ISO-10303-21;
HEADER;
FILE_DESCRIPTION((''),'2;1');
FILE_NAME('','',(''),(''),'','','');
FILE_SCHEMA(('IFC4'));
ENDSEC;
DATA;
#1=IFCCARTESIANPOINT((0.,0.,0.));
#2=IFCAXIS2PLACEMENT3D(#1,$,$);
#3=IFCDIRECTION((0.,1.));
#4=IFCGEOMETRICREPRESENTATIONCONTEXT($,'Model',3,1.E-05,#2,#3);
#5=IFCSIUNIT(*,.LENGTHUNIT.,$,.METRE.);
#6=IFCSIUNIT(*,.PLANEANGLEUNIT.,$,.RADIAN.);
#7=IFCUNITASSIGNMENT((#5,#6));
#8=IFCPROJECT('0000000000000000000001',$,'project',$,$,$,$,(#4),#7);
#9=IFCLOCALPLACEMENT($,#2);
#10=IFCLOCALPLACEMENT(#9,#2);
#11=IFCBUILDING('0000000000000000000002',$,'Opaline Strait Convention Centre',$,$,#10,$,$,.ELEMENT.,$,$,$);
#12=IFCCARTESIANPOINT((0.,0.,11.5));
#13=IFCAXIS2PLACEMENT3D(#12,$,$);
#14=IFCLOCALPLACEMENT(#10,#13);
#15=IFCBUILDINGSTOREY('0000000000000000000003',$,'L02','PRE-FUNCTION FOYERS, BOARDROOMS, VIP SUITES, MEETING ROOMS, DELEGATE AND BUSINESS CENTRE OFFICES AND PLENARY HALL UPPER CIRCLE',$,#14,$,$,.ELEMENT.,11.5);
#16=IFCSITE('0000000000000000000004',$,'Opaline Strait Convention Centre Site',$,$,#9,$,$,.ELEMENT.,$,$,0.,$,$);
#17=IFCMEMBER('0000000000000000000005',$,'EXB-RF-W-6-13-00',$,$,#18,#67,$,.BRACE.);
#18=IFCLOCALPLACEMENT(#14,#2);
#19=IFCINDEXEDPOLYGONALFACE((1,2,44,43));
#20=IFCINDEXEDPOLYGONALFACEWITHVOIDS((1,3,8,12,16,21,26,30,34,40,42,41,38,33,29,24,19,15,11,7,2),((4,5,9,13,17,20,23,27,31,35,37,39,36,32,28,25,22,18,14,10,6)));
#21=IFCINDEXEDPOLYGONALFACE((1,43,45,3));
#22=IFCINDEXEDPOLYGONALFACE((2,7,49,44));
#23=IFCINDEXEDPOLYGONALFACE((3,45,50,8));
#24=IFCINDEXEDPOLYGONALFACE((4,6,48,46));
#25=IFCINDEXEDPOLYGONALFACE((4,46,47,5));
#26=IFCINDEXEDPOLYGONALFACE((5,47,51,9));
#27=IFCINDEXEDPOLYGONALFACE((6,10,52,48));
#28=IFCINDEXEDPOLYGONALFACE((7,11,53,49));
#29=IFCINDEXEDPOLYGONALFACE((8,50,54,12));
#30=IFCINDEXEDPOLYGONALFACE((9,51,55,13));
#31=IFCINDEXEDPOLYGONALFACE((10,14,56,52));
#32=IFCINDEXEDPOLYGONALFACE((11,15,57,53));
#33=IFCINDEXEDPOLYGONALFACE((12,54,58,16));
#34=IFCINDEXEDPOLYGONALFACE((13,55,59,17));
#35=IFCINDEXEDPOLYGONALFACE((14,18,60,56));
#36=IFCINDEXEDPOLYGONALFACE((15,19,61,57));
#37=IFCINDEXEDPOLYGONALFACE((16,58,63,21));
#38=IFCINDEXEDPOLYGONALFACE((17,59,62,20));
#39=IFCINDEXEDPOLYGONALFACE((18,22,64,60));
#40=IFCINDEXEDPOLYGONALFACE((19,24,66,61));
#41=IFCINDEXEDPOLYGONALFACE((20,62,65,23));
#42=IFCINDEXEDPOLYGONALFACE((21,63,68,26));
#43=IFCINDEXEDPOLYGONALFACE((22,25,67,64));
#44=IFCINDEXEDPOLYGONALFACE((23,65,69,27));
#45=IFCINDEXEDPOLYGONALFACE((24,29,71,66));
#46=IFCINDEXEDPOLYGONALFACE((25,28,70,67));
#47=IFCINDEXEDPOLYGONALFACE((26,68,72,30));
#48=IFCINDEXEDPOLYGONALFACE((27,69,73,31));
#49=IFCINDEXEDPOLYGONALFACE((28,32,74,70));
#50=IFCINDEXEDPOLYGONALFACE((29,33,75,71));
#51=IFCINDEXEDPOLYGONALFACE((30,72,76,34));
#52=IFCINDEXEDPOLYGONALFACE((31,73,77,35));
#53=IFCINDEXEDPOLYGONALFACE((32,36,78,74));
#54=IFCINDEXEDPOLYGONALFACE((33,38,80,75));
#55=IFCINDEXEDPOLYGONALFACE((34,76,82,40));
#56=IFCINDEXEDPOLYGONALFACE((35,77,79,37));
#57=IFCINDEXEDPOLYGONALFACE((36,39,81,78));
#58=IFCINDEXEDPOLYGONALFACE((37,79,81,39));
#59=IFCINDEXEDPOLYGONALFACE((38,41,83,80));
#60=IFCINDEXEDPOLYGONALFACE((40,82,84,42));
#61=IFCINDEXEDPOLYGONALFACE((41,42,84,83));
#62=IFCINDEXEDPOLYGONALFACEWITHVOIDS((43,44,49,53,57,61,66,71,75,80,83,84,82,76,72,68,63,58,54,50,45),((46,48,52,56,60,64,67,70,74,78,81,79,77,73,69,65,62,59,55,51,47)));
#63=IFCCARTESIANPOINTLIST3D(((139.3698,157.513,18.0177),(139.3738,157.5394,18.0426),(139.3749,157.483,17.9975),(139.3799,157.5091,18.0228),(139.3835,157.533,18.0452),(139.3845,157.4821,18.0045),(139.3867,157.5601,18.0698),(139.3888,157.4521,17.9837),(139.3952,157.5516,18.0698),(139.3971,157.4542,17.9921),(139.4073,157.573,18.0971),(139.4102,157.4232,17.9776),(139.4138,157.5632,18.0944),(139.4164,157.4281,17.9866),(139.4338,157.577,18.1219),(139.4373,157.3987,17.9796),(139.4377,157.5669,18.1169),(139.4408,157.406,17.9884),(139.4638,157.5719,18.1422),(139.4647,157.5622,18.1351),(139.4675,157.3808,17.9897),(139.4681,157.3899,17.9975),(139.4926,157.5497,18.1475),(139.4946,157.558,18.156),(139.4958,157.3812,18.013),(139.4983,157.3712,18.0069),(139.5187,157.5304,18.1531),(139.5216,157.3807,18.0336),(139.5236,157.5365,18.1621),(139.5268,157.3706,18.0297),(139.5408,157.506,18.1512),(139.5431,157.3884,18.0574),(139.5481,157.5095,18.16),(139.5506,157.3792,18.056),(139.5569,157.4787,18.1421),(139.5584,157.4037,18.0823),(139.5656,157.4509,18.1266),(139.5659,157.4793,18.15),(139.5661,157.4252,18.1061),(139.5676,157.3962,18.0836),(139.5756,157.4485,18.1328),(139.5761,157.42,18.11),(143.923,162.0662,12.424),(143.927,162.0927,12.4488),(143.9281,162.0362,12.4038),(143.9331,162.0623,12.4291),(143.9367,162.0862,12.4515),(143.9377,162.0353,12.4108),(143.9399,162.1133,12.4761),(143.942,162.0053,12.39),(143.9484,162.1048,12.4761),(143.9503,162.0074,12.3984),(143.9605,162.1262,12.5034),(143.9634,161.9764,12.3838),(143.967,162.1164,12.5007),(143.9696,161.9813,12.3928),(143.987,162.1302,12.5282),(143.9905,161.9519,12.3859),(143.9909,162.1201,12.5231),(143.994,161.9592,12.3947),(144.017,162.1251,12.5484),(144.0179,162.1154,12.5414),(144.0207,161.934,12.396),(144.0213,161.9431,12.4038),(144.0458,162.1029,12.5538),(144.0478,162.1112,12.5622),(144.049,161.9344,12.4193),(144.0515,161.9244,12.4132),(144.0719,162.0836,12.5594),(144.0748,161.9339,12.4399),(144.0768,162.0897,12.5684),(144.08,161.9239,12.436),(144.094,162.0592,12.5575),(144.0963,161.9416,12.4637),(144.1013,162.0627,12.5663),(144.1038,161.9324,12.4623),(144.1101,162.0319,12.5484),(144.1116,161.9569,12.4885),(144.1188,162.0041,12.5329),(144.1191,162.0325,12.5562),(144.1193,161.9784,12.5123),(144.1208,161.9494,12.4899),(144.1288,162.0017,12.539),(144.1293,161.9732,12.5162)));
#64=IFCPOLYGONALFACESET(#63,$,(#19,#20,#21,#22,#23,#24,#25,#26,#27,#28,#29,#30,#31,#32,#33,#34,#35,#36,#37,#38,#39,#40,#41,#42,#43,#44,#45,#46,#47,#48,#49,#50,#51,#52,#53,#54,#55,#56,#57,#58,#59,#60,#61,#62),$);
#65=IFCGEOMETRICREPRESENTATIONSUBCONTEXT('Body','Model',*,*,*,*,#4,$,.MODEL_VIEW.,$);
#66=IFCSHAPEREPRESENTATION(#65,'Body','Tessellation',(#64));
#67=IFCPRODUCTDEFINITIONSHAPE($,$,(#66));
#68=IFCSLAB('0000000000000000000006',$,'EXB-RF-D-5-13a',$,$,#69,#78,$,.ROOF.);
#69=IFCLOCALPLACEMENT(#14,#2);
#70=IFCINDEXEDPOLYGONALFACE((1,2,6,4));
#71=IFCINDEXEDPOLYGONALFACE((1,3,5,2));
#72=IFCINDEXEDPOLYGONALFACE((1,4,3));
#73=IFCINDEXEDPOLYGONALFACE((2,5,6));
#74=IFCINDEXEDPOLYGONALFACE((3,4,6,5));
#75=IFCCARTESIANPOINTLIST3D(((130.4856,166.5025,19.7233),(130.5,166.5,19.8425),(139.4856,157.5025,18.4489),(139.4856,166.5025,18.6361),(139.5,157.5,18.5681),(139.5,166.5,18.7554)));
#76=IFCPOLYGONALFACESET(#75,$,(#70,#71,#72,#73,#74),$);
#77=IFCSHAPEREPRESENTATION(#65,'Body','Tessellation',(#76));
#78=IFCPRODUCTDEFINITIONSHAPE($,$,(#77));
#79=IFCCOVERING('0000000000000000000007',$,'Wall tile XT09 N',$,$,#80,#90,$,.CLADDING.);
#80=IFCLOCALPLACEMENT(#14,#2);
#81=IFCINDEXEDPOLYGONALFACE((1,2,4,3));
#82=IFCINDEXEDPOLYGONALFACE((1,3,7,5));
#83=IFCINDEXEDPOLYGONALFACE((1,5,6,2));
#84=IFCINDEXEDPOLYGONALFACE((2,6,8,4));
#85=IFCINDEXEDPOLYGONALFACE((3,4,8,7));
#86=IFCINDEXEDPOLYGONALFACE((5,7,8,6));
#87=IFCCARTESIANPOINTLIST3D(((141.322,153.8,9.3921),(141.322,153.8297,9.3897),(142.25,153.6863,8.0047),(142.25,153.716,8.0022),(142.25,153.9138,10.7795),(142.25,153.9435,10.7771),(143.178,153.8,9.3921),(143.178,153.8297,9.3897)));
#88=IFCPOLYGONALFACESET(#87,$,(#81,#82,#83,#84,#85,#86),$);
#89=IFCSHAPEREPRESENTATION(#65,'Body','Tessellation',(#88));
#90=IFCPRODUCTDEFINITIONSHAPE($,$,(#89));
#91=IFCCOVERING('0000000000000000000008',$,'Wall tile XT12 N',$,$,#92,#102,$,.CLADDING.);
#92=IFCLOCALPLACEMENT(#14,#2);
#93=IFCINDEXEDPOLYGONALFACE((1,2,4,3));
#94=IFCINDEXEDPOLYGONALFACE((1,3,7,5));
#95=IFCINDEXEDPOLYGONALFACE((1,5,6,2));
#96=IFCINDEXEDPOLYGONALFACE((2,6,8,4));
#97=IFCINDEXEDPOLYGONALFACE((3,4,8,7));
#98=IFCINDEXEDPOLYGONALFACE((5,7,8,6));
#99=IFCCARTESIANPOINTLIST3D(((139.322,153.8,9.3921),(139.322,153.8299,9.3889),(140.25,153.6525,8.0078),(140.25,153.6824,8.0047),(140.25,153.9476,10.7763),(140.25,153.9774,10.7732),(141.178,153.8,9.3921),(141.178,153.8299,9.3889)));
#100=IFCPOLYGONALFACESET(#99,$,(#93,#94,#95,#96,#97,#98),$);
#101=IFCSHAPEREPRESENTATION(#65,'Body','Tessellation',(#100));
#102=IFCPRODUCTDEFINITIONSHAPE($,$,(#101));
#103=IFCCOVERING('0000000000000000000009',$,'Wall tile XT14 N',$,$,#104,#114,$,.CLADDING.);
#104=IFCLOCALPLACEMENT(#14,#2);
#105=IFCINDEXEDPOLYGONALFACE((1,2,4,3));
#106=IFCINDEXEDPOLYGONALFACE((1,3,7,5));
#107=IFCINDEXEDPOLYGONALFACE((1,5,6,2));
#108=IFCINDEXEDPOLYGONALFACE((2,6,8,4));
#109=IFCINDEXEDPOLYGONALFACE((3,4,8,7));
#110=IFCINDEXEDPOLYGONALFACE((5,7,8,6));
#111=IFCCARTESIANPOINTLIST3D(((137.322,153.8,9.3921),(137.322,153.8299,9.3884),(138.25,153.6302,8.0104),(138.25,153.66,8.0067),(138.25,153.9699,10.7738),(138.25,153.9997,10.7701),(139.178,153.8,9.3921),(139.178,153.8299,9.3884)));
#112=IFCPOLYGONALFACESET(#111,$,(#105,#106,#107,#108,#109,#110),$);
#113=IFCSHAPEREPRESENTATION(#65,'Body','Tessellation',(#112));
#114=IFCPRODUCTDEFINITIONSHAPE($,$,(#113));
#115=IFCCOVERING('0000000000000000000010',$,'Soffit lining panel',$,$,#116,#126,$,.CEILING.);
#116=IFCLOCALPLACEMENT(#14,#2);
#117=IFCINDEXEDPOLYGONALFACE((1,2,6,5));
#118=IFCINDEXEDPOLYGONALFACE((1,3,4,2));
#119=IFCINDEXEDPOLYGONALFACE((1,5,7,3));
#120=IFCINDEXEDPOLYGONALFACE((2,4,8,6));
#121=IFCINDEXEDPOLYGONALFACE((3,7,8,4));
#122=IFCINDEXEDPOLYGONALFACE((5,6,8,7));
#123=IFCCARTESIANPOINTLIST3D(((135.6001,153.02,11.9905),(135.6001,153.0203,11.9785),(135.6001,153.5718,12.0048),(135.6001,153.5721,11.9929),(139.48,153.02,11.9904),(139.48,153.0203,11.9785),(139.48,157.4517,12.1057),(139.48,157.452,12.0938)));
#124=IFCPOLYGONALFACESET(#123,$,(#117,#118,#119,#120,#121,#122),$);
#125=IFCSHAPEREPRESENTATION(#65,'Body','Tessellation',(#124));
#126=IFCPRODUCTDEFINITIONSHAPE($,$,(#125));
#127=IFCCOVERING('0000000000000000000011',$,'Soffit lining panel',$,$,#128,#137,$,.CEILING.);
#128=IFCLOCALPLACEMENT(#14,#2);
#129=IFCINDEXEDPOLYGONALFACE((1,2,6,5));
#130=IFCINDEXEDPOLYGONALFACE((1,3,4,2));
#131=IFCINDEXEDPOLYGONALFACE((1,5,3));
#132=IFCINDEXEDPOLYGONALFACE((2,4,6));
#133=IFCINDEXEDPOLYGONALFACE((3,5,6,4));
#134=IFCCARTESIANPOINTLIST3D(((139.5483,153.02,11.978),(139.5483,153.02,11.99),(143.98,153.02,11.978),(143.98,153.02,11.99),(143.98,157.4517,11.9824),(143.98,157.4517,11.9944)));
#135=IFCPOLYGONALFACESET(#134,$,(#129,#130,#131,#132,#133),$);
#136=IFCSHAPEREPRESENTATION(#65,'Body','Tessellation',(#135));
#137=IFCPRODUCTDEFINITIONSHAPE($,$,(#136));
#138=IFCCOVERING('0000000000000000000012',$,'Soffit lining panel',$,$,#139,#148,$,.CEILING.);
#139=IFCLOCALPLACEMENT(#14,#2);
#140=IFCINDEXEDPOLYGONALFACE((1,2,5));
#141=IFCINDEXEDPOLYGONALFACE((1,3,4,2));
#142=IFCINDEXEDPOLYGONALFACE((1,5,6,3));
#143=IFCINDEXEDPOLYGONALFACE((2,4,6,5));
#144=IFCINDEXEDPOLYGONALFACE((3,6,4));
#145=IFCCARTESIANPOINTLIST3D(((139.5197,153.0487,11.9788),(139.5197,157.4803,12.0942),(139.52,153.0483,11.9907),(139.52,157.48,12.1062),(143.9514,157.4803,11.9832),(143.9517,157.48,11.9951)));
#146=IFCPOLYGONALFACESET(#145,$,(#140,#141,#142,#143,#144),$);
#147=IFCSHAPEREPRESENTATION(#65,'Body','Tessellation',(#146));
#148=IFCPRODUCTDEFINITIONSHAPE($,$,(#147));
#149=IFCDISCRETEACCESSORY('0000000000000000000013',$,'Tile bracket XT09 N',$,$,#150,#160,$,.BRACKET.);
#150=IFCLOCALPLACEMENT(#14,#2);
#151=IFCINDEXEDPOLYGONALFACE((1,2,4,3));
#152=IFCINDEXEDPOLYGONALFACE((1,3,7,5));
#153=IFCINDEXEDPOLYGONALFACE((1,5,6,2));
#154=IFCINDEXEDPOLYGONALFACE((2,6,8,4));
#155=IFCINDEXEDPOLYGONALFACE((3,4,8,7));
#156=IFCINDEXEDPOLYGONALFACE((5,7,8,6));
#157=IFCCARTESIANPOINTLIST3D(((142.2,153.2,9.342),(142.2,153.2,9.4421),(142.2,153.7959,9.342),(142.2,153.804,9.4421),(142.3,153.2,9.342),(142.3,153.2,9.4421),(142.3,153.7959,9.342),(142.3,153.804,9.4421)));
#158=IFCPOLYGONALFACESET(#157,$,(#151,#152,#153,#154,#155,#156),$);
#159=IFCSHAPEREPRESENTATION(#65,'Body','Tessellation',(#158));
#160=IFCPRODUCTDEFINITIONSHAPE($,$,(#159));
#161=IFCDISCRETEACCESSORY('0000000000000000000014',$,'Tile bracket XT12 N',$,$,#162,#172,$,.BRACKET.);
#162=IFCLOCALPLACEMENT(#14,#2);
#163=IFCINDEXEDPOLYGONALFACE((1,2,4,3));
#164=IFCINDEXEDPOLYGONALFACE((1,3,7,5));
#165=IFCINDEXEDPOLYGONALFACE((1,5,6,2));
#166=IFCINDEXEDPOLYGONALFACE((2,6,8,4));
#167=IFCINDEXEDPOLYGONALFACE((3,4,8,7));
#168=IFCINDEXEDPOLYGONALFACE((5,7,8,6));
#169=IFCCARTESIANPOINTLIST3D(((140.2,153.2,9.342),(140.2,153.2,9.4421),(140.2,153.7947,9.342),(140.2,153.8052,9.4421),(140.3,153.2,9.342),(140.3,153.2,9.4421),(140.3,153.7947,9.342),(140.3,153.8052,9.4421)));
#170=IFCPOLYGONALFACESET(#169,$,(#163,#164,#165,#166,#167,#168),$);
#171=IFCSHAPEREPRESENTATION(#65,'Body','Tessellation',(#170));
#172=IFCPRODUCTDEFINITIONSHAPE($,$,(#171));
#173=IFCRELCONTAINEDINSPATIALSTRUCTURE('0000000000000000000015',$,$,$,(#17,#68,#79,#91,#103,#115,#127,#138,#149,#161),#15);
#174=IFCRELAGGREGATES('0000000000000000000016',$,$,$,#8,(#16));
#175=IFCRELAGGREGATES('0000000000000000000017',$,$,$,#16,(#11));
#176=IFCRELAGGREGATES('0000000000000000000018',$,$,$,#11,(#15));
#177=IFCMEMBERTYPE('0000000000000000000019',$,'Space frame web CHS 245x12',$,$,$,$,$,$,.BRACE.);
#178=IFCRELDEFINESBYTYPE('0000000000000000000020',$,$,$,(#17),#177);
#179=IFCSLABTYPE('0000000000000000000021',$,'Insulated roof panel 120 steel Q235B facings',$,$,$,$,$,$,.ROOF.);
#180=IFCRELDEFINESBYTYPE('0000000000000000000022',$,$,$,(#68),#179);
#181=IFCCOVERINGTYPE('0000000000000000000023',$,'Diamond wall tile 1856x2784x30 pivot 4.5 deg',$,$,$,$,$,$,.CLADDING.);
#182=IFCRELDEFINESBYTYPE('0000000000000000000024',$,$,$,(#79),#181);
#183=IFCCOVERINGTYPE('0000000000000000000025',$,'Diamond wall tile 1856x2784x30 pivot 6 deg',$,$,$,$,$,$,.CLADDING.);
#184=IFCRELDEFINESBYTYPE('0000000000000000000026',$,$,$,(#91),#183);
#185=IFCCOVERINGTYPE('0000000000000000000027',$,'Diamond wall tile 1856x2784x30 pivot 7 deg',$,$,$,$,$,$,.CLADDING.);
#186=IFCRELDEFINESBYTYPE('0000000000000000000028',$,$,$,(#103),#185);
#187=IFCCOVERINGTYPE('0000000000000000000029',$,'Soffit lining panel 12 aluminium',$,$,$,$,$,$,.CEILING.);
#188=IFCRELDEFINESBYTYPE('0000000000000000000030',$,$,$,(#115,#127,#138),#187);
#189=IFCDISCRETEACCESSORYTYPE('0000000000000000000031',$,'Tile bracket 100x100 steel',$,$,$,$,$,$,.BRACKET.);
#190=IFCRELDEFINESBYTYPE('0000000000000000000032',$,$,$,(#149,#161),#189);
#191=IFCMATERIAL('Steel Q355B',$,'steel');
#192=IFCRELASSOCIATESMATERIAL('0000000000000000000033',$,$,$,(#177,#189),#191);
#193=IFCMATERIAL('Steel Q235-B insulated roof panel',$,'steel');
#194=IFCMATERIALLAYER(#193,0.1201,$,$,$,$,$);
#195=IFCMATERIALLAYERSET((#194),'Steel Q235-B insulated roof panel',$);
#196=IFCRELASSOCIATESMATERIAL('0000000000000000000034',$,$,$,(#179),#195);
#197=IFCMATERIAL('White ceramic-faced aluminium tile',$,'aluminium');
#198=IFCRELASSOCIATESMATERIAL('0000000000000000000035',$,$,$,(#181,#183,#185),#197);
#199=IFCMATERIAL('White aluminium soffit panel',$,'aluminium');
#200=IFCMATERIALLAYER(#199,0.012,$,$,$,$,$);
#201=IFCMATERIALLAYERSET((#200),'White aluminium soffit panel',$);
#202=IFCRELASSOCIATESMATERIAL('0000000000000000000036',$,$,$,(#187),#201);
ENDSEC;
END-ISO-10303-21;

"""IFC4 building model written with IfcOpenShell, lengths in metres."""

from ifc_helpers import new_model, si_unit, direction, frame, origin, origin_2d, place, context, subcontext, project, spatial, polyline, hollow_circle, outline, extrude, material, layer, layer_set, material_profile, profile_set, type_object, element, save


model = new_model("IFC4")

# Units and contexts
model_context = context("Model", 3, precision=1e-05, world=origin(), true_north=direction((0.0, 1.0)))
body_context = subcontext(model_context, "Body", "Model", "MODEL_VIEW")
ifc_project = project(units=[si_unit("LENGTHUNIT", "METRE"), si_unit("PLANEANGLEUNIT", "RADIAN")], contexts=[model_context])

# Site, building, storey
site_placement = place(None, origin())
site = spatial("IfcSite", under=ifc_project, at=site_placement, Name="Opaline Strait Convention Centre Site", CompositionType="ELEMENT", RefElevation=0.0)
building_placement = place(site_placement, origin())
building = spatial("IfcBuilding", under=site, at=building_placement, Name="Opaline Strait Convention Centre", CompositionType="ELEMENT")
storey_placement = place(building_placement, frame((0.0, 0.0, 11.5)))
storey = spatial("IfcBuildingStorey", under=building, at=storey_placement, Name="L02", Description="PRE-FUNCTION FOYERS, BOARDROOMS, VIP SUITES, MEETING ROOMS, DELEGATE AND BUSINESS CENTRE OFFICES AND PLENARY HALL UPPER CIRCLE", CompositionType="ELEMENT", Elevation=11.5)

# Member
ifc_material_1 = material(Name="Steel Q355B", Category="steel")
ifc_material_profile_1 = material_profile(ifc_material_1, hollow_circle(Radius=0.1226, WallThickness=0.012, at=origin_2d()), Name="CHS 245x12")
ifc_profile_set_1 = profile_set([ifc_material_profile_1], Name="Steel Q355B")
member_type_1 = type_object("IfcMemberType", Name="Space frame web CHS 245x12", PredefinedType="BRACE", material=ifc_profile_set_1)
member_1_placement = place(storey_placement, frame((139.4734, 157.4734, 18.0698), z_axis=(0.533816, 0.533816, -0.655806), x_axis=(-0.707107, 0.707107, 0.0)))
element("IfcMember", 1, at=member_1_placement, inside=storey, type_object=member_type_1, Name="EXB-RF-W-6-13-00", PredefinedType="BRACE", context=body_context, shape_type="SweptSolid", body=[
    extrude(hollow_circle(Radius=0.1226, WallThickness=0.012, at=origin_2d()), origin(), (0.0, 0.0, 1.0), 8.5295),
])

# Slab
ifc_material_2 = material(Name="Steel Q235-B insulated roof panel", Category="steel")
ifc_layer_1 = layer(ifc_material_2, 0.1201)
ifc_layer_set_1 = layer_set([ifc_layer_1], Name="Steel Q235-B insulated roof panel")
slab_type = type_object("IfcSlabType", Name="Insulated roof panel 120 steel Q235B facings", PredefinedType="ROOF", material=ifc_layer_set_1)
slab_placement = place(storey_placement, frame((139.5, 157.5, 18.5681), z_axis=(0.119898, -0.020652, 0.992571), x_axis=(0.0, 0.999784, 0.020802)))
element("IfcSlab", 2, at=slab_placement, inside=storey, type_object=slab_type, Name="EXB-RF-D-5-13a", PredefinedType="ROOF", context=body_context, shape_type="SweptSolid", body=[
    extrude(outline(polyline([(0.0, 0.0), (9.0019, 0.0), (9.0246, 9.0654), (0.0, 0.0)])), origin(), (0.0, 0.0, -1.0), 0.1201),
])

# Coverings
ifc_material_3 = material(Name="White ceramic-faced aluminium tile", Category="aluminium")
ifc_material_profile_2 = material_profile(ifc_material_3, outline(polyline([(0.928, 0.0), (0.0, 1.3921), (-0.928, 0.0), (0.0, -1.3921), (0.928, 0.0)])), Name="Diamond tile 1856x2784")
ifc_profile_set_2 = profile_set([ifc_material_profile_2], Name="White ceramic-faced aluminium tile")
covering_type_1 = type_object("IfcCoveringType", Name="Diamond wall tile 1856x2784x30 pivot 4.5 deg", PredefinedType="CLADDING", material=ifc_profile_set_2)
covering_1_placement = place(storey_placement, frame((142.25, 153.8, 9.3921), z_axis=(0.0, 0.996658, -0.081693), x_axis=(-1.0, 0.0, 0.0)))
element("IfcCovering", 3, at=covering_1_placement, inside=storey, type_object=covering_type_1, Name="Wall tile XT09 N", PredefinedType="CLADDING", context=body_context, shape_type="SweptSolid", body=[
    extrude(outline(polyline([(0.928, 0.0), (0.0, 1.3921), (-0.928, 0.0), (0.0, -1.3921), (0.928, 0.0)])), origin(), (0.0, 0.0, 1.0), 0.0298),
])
ifc_material_profile_3 = material_profile(ifc_material_3, outline(polyline([(0.928, 0.0), (0.0, 1.3921), (-0.928, 0.0), (0.0, -1.3921), (0.928, 0.0)])), Name="Diamond tile 1856x2784")
ifc_profile_set_3 = profile_set([ifc_material_profile_3], Name="White ceramic-faced aluminium tile")
covering_type_2 = type_object("IfcCoveringType", Name="Diamond wall tile 1856x2784x30 pivot 6 deg", PredefinedType="CLADDING", material=ifc_profile_set_3)
covering_2_placement = place(storey_placement, frame((140.25, 153.8, 9.3921), z_axis=(0.0, 0.994371, -0.105958), x_axis=(-1.0, 0.0, 0.0)))
element("IfcCovering", 4, at=covering_2_placement, inside=storey, type_object=covering_type_2, Name="Wall tile XT12 N", PredefinedType="CLADDING", context=body_context, shape_type="SweptSolid", body=[
    extrude(outline(polyline([(0.928, 0.0), (0.0, 1.3921), (-0.928, 0.0), (0.0, -1.3921), (0.928, 0.0)])), origin(), (0.0, 0.0, 1.0), 0.03),
])
ifc_material_profile_4 = material_profile(ifc_material_3, outline(polyline([(0.928, 0.0), (0.0, 1.3921), (-0.928, 0.0), (0.0, -1.3921), (0.928, 0.0)])), Name="Diamond tile 1856x2784")
ifc_profile_set_4 = profile_set([ifc_material_profile_4], Name="White ceramic-faced aluminium tile")
covering_type_3 = type_object("IfcCoveringType", Name="Diamond wall tile 1856x2784x30 pivot 7 deg", PredefinedType="CLADDING", material=ifc_profile_set_4)
covering_3_placement = place(storey_placement, frame((138.25, 153.8, 9.3921), z_axis=(0.0, 0.992526, -0.122032), x_axis=(-1.0, 0.0, 0.0)))
element("IfcCovering", 5, at=covering_3_placement, inside=storey, type_object=covering_type_3, Name="Wall tile XT14 N", PredefinedType="CLADDING", context=body_context, shape_type="SweptSolid", body=[
    extrude(outline(polyline([(0.928, 0.0), (0.0, 1.3921), (-0.928, 0.0), (0.0, -1.3921), (0.928, 0.0)])), origin(), (0.0, 0.0, 1.0), 0.03),
])
ifc_material_4 = material(Name="White aluminium soffit panel", Category="aluminium")
ifc_layer_2 = layer(ifc_material_4, 0.012)
ifc_layer_set_2 = layer_set([ifc_layer_2], Name="White aluminium soffit panel")
covering_type_4 = type_object("IfcCoveringType", Name="Soffit lining panel 12 aluminium", PredefinedType="CEILING", material=ifc_layer_set_2)
covering_4_placement = place(storey_placement, frame((139.48, 157.4517, 12.1057), z_axis=(0.000013, -0.026005, 0.999662), x_axis=(0.0, -0.999662, -0.026005)))
element("IfcCovering", 6, at=covering_4_placement, inside=storey, type_object=covering_type_4, Name="Soffit lining panel", PredefinedType="CEILING", context=body_context, shape_type="SweptSolid", body=[
    extrude(outline(polyline([(0.0, 0.0), (4.4331, 0.0), (4.4331, -3.8799), (3.8812, -3.8799), (0.0, 0.0)])), origin(), (0.0, 0.0, -1.0), 0.012),
])
covering_5_placement = place(storey_placement, frame((139.5483, 153.02, 11.99), z_axis=(0.0, -0.000992, 1.0), x_axis=(0.707107, 0.707107, 0.000701)))
element("IfcCovering", 7, at=covering_5_placement, inside=storey, type_object=covering_type_4, Name="Soffit lining panel", PredefinedType="CEILING", context=body_context, shape_type="SweptSolid", body=[
    extrude(outline(polyline([(0.0, 0.0), (6.2673, 0.0), (3.1336, -3.1336), (0.0, 0.0)])), origin(), (0.0, 0.0, -1.0), 0.012),
])
covering_6_placement = place(storey_placement, frame((139.52, 153.0483, 11.9907), z_axis=(0.02505, -0.026041, 0.999347), x_axis=(0.0, 0.999661, 0.026049)))
element("IfcCovering", 8, at=covering_6_placement, inside=storey, type_object=covering_type_4, Name="Soffit lining panel", PredefinedType="CEILING", context=body_context, shape_type="SweptSolid", body=[
    extrude(outline(polyline([(0.0, 0.0), (4.4331, 0.0), (4.4303, -4.433), (0.0, 0.0)])), origin(), (0.0, 0.0, -1.0), 0.012),
])

# Discrete accessories
discrete_accessory_type = type_object("IfcDiscreteAccessoryType", Name="Tile bracket 100x100 steel", PredefinedType="BRACKET", material=ifc_material_1)
discrete_accessory_1_placement = place(storey_placement, frame((142.3, 153.2, 9.3921), z_axis=(-1.0, 0.0, 0.0), x_axis=(0.0, -1.0, 0.0)))
element("IfcDiscreteAccessory", 9, at=discrete_accessory_1_placement, inside=storey, type_object=discrete_accessory_type, Name="Tile bracket XT09 N", PredefinedType="BRACKET", context=body_context, shape_type="SweptSolid", body=[
    extrude(outline(polyline([(0.0, -0.05), (0.0, 0.05), (-0.604, 0.05), (-0.5959, -0.05), (0.0, -0.05)])), origin(), (0.0, 0.0, 1.0), 0.1001),
])
discrete_accessory_2_placement = place(storey_placement, frame((140.3, 153.2, 9.3921), z_axis=(-1.0, 0.0, 0.0), x_axis=(0.0, -1.0, 0.0)))
element("IfcDiscreteAccessory", 10, at=discrete_accessory_2_placement, inside=storey, type_object=discrete_accessory_type, Name="Tile bracket XT12 N", PredefinedType="BRACKET", context=body_context, shape_type="SweptSolid", body=[
    extrude(outline(polyline([(0.0, -0.05), (0.0, 0.05), (-0.6052, 0.05), (-0.5947, -0.05), (0.0, -0.05)])), origin(), (0.0, 0.0, 1.0), 0.1001),
])

save(model, "model.ifc")
